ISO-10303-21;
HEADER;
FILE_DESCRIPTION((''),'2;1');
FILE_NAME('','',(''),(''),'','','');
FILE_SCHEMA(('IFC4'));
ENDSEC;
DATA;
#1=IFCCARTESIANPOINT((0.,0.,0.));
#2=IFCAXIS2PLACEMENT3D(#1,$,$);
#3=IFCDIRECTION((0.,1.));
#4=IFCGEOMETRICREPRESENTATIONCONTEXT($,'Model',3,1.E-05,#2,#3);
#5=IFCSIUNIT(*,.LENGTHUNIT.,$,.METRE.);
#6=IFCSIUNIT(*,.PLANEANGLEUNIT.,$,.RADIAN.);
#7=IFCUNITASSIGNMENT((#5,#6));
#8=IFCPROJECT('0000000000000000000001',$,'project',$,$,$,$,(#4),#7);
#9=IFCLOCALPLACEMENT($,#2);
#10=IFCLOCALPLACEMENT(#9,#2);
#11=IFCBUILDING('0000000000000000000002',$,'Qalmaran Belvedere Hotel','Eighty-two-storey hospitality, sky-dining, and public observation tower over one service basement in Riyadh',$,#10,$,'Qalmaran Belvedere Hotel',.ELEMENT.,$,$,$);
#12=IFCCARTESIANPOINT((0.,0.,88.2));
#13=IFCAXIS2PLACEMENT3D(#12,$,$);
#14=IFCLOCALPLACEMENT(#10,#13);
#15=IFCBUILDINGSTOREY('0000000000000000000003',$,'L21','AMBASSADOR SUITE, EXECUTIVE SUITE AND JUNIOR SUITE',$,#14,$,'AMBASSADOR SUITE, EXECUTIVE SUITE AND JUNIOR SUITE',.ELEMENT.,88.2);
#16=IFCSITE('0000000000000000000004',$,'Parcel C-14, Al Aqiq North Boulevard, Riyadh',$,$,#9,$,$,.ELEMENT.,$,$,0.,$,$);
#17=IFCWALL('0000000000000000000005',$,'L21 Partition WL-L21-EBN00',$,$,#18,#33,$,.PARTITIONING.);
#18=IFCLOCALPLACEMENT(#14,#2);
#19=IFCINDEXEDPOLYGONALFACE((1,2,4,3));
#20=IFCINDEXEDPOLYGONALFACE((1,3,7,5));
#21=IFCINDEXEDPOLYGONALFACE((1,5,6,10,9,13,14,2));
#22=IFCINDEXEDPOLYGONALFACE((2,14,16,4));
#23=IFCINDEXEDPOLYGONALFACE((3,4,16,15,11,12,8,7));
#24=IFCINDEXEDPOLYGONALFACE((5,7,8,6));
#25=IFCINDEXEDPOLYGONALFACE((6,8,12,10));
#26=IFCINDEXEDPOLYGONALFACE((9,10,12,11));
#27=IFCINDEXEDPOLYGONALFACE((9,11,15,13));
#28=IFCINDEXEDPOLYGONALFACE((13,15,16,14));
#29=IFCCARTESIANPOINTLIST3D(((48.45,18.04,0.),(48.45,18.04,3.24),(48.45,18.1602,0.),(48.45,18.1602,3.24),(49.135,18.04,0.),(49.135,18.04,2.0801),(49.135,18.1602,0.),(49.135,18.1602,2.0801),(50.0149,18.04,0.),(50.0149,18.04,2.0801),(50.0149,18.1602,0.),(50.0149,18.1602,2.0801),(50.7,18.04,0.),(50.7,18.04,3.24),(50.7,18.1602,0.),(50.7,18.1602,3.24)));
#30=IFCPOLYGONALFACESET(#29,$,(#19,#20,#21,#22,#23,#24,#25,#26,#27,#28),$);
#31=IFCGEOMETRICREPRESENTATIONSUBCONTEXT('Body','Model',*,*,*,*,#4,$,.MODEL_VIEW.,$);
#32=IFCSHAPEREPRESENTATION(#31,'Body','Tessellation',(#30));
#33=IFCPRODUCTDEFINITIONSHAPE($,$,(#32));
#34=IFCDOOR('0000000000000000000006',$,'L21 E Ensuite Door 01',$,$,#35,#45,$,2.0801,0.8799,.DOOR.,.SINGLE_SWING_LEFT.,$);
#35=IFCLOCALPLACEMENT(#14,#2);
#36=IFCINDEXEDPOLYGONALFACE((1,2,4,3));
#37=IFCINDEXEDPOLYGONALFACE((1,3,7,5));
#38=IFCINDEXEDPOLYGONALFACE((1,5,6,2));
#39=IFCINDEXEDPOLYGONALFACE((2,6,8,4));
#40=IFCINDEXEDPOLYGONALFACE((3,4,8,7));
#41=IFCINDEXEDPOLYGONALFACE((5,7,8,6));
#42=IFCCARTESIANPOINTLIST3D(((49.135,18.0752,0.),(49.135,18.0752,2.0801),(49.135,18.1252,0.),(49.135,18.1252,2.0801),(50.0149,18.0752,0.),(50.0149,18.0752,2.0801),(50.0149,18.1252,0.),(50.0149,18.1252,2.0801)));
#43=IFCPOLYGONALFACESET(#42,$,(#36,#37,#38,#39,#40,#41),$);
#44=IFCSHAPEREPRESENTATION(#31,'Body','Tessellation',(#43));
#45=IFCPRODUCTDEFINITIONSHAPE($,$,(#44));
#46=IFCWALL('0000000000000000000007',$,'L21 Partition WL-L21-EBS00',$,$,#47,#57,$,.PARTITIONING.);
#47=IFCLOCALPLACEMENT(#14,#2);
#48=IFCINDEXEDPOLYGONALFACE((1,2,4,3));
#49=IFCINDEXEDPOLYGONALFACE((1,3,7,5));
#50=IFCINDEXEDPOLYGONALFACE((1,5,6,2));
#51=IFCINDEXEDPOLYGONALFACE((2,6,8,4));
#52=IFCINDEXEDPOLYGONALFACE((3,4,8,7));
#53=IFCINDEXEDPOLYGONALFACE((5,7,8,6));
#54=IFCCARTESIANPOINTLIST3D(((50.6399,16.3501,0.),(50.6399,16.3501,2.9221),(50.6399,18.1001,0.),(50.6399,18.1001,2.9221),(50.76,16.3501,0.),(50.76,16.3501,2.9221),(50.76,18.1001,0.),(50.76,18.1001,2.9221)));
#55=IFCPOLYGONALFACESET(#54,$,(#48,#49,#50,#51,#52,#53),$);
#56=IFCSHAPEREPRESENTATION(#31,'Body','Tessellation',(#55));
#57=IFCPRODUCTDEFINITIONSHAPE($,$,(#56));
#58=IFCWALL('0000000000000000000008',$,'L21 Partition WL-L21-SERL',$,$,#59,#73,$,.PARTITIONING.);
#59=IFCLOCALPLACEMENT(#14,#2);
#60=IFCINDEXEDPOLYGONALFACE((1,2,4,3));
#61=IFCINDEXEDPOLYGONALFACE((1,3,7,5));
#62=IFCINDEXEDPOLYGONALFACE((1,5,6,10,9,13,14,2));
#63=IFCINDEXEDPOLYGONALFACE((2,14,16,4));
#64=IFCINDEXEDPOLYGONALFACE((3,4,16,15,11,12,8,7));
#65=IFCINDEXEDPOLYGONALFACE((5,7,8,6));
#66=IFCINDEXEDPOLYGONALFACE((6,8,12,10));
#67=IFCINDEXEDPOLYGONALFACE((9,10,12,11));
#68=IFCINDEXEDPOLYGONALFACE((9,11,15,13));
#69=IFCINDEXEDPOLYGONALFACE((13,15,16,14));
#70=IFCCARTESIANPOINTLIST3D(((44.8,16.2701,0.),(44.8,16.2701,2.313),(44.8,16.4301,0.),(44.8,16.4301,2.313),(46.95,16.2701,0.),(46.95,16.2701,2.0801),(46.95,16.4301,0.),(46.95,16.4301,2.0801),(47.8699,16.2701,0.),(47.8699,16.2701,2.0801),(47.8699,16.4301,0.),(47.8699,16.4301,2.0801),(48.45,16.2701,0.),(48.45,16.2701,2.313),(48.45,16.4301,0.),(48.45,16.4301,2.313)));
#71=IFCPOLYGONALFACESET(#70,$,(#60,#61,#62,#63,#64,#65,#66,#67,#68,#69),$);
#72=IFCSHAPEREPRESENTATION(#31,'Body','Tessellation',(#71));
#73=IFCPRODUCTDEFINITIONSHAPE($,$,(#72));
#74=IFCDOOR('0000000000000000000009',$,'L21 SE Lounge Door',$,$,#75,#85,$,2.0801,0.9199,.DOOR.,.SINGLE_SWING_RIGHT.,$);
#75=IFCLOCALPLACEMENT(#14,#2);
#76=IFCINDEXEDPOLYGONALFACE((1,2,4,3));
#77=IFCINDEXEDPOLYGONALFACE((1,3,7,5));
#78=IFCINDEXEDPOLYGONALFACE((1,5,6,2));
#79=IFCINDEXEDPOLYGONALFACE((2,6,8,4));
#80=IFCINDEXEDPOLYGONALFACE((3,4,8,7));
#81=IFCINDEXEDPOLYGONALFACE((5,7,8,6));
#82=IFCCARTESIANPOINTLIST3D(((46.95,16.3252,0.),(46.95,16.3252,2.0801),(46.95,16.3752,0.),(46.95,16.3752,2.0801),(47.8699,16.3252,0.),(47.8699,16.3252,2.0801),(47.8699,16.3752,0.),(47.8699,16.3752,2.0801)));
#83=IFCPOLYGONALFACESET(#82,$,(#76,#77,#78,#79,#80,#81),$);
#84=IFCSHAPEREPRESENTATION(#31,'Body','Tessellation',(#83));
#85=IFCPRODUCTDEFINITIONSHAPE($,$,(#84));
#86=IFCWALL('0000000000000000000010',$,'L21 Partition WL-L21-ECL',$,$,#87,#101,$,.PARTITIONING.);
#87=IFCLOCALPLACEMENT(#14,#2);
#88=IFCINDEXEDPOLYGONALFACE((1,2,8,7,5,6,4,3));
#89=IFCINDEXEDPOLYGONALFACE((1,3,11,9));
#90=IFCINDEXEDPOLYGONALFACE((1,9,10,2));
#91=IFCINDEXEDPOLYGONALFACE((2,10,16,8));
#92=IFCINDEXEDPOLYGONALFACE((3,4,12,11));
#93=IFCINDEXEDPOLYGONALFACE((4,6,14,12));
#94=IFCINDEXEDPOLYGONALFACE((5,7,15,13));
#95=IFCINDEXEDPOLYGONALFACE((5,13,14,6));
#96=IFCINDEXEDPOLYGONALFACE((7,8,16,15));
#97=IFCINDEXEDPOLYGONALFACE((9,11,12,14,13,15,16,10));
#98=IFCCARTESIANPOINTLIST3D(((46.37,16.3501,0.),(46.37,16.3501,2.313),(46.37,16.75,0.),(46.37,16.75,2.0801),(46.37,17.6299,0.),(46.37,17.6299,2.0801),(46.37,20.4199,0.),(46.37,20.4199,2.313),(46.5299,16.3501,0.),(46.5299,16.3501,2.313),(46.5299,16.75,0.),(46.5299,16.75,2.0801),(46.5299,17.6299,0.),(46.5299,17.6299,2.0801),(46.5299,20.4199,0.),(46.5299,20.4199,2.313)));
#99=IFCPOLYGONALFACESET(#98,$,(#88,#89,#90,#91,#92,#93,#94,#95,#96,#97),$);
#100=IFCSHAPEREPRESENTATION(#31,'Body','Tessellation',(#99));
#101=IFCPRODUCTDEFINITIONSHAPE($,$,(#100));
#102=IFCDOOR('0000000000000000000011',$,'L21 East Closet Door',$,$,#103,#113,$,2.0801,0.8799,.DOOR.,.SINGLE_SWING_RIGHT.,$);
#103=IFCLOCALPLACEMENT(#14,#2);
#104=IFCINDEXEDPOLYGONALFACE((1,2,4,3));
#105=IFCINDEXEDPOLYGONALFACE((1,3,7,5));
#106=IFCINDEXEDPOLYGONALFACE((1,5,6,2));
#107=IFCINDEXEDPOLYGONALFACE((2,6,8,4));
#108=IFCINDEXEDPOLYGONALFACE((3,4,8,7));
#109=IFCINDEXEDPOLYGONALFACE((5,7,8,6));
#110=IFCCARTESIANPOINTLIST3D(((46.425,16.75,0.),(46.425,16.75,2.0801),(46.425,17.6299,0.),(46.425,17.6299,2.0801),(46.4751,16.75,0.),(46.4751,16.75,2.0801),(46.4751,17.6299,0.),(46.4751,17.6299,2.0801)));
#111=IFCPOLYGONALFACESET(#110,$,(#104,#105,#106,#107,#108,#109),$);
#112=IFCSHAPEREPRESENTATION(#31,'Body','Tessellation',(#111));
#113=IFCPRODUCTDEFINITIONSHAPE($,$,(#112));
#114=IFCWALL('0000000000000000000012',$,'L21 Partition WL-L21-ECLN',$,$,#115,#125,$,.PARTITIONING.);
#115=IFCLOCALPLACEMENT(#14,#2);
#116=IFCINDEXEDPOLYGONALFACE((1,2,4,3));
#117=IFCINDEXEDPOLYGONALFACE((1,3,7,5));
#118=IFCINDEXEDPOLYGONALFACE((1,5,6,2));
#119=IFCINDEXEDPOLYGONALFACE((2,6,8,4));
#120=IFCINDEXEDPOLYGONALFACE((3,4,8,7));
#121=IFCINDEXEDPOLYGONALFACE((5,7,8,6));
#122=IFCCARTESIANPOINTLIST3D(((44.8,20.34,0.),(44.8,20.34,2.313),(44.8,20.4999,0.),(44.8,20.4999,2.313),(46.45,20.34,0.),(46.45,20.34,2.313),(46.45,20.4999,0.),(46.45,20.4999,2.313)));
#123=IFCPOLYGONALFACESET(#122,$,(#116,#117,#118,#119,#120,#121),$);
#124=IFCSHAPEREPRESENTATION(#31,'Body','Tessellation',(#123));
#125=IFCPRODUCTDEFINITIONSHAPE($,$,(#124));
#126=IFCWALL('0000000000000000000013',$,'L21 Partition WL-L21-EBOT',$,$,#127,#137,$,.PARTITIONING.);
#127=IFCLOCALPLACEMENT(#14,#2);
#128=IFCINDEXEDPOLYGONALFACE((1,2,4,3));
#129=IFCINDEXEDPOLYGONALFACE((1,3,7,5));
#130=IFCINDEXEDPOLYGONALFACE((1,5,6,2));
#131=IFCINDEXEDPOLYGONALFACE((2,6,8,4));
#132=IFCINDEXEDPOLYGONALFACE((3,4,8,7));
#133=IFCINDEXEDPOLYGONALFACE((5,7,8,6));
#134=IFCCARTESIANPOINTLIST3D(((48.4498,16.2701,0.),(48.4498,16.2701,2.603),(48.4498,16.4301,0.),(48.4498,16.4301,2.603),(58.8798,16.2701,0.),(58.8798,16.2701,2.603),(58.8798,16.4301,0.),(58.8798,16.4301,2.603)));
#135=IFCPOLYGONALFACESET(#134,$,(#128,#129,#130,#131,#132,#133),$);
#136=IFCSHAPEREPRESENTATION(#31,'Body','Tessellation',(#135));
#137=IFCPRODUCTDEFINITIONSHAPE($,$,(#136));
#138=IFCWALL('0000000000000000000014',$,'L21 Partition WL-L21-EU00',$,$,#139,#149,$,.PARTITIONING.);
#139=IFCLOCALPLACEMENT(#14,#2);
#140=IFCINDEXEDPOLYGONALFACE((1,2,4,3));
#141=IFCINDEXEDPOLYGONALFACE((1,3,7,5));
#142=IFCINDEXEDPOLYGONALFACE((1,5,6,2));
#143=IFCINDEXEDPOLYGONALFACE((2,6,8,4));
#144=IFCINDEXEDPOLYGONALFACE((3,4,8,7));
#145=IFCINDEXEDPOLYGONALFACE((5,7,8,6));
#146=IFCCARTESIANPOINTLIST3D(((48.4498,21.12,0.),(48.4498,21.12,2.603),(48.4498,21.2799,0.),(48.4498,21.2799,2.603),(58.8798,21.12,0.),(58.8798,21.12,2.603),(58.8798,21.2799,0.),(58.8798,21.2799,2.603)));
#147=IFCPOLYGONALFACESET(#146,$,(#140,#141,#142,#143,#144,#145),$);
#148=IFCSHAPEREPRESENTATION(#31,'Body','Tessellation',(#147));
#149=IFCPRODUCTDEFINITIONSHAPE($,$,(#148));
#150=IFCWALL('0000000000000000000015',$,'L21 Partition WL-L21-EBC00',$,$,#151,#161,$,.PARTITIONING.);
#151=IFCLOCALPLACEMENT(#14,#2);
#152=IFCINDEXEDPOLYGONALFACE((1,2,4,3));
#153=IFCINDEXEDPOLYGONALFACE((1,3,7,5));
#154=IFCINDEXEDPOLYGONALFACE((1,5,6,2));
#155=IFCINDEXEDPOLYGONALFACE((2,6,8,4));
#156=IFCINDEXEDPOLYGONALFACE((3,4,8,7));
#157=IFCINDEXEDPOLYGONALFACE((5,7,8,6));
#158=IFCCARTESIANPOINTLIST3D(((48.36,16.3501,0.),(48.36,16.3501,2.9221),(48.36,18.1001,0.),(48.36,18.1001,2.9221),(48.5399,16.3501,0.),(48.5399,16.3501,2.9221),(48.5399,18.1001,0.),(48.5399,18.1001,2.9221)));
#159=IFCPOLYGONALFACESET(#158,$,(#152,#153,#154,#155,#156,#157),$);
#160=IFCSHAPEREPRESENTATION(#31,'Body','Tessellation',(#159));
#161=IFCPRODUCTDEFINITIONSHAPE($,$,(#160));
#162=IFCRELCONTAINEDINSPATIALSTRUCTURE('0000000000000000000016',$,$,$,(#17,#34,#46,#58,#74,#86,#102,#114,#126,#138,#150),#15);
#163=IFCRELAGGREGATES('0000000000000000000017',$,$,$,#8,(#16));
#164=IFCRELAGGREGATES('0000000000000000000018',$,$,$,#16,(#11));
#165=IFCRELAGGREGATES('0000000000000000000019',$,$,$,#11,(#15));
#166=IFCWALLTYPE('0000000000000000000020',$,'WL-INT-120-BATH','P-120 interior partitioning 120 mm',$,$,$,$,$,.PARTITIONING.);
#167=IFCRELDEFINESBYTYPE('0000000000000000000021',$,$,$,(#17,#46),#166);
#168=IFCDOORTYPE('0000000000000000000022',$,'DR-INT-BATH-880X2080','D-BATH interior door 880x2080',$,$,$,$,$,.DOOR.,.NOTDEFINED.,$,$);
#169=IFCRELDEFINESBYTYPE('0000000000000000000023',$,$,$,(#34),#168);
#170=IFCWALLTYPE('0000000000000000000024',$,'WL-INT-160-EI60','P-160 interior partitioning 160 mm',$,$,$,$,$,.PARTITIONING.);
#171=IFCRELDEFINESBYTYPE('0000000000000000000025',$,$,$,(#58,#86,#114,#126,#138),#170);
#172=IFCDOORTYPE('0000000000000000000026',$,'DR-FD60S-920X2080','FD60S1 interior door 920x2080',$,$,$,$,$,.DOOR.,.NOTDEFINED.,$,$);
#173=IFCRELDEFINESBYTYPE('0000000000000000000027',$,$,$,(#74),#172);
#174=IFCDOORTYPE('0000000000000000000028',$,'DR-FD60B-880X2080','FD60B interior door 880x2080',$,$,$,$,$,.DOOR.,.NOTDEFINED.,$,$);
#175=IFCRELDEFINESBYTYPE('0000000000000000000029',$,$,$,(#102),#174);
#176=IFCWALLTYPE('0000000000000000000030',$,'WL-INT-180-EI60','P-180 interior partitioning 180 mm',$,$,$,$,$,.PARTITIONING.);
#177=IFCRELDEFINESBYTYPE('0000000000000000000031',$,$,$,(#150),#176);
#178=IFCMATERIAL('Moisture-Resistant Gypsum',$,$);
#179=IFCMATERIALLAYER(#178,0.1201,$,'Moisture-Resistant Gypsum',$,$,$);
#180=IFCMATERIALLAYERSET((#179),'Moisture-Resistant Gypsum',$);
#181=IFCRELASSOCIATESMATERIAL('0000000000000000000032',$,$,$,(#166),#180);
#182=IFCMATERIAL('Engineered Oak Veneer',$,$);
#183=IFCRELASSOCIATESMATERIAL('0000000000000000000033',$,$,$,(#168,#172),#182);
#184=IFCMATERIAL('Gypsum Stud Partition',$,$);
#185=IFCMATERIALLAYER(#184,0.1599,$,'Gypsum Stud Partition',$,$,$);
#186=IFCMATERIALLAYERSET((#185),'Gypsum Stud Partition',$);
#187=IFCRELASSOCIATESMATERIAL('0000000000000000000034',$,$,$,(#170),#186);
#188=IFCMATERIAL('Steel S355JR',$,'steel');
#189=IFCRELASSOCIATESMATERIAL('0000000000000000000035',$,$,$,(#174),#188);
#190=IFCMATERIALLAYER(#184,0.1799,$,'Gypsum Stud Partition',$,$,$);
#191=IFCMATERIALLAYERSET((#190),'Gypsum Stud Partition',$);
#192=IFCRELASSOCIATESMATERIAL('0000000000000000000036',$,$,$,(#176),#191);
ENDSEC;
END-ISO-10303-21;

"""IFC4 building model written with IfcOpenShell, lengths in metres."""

from ifc_helpers import new_model, si_unit, direction, frame, frame_2d, origin, place, context, subcontext, project, spatial, rectangle, extrude, material, layer, layer_set, type_object, element, fill, save


model = new_model("IFC4")

# Units and contexts
model_context = context("Model", 3, precision=1e-05, world=origin(), true_north=direction((0.0, 1.0)))
body_context = subcontext(model_context, "Body", "Model", "MODEL_VIEW")
ifc_project = project(units=[si_unit("LENGTHUNIT", "METRE"), si_unit("PLANEANGLEUNIT", "RADIAN")], contexts=[model_context])

# Site, building, storey
site_placement = place(None, origin())
site = spatial("IfcSite", under=ifc_project, at=site_placement, Name="Parcel C-14, Al Aqiq North Boulevard, Riyadh", CompositionType="ELEMENT", RefElevation=0.0)
building_placement = place(site_placement, origin())
building = spatial("IfcBuilding", under=site, at=building_placement, Name="Qalmaran Belvedere Hotel", Description="Eighty-two-storey hospitality, sky-dining, and public observation tower over one service basement in Riyadh", LongName="Qalmaran Belvedere Hotel", CompositionType="ELEMENT")
storey_placement = place(building_placement, frame((0.0, 0.0, 88.2)))
storey = spatial("IfcBuildingStorey", under=building, at=storey_placement, Name="L21", Description="AMBASSADOR SUITE, EXECUTIVE SUITE AND JUNIOR SUITE", LongName="AMBASSADOR SUITE, EXECUTIVE SUITE AND JUNIOR SUITE", CompositionType="ELEMENT", Elevation=88.2)

# Shared definitions
ifc_material_1 = material(Name="Steel S355JR", Category="steel")

# Wall, opening, door
ifc_material_2 = material(Name="Moisture-Resistant Gypsum")
ifc_layer_1 = layer(ifc_material_2, 0.1201, Name="Moisture-Resistant Gypsum")
ifc_layer_set_1 = layer_set([ifc_layer_1], Name="Moisture-Resistant Gypsum")
wall_type_1 = type_object("IfcWallType", Name="WL-INT-120-BATH", Description="P-120 interior partitioning 120 mm", PredefinedType="PARTITIONING", material=ifc_layer_set_1)
wall_1_placement = place(storey_placement, frame((48.45, 18.1001, 0.0), z_axis=(0.0, 0.0, 1.0), x_axis=(1.0, 0.0, 0.0)))
wall_1 = element("IfcWall", 1, at=wall_1_placement, inside=storey, type_object=wall_type_1, Name="L21 Partition WL-L21-EBN00", PredefinedType="PARTITIONING", context=body_context, shape_type="SweptSolid", body=[
    extrude(rectangle(XDim=2.25, YDim=0.1201, at=frame_2d((1.125, 0.0))), origin(), (0.0, 0.0, 1.0), 3.24),
])
opening_1_placement = place(wall_1_placement, frame((1.5649, 0.0, 0.0), z_axis=(0.0, 0.0, 1.0), x_axis=(-1.0, 0.0, 0.0)))
opening_1 = element("IfcOpeningElement", 2, at=opening_1_placement, cuts=wall_1, PredefinedType="OPENING", context=body_context, shape_type="SweptSolid", body=[
    extrude(rectangle(XDim=0.8799, YDim=2.0801, at=frame_2d((0.4399, 1.04))), frame((0.0, 0.0701, 0.0), z_axis=(0.0, -1.0, 0.0), x_axis=(1.0, 0.0, 0.0)), (0.0, 0.0, 1.0), 0.1401),
])
ifc_material_3 = material(Name="Engineered Oak Veneer")
door_type_1 = type_object("IfcDoorType", Name="DR-INT-BATH-880X2080", Description="D-BATH interior door 880x2080", OperationType="NOTDEFINED", PredefinedType="DOOR", material=ifc_material_3)
door_1_placement = place(opening_1_placement, origin())
door_1 = element("IfcDoor", 3, at=door_1_placement, inside=storey, type_object=door_type_1, Name="L21 E Ensuite Door 01", OperationType="SINGLE_SWING_LEFT", OverallHeight=2.0801, OverallWidth=0.8799, PredefinedType="DOOR", context=body_context, shape_type="SweptSolid", body=[
    extrude(rectangle(XDim=0.8799, YDim=2.0801, at=frame_2d((0.4399, 1.04))), frame((0.0, 0.0249, 0.0), z_axis=(0.0, -1.0, 0.0), x_axis=(1.0, 0.0, 0.0)), (0.0, 0.0, 1.0), 0.05),
])
fill(opening_1, door_1)

# Wall
wall_2_placement = place(storey_placement, frame((50.7, 16.3501, 0.0), z_axis=(0.0, 0.0, 1.0), x_axis=(0.0, 1.0, 0.0)))
element("IfcWall", 4, at=wall_2_placement, inside=storey, type_object=wall_type_1, Name="L21 Partition WL-L21-EBS00", PredefinedType="PARTITIONING", context=body_context, shape_type="SweptSolid", body=[
    extrude(rectangle(XDim=1.75, YDim=0.1201, at=frame_2d((0.875, 0.0))), origin(), (0.0, 0.0, 1.0), 2.9221),
])

# Walls, openings, doors
ifc_material_4 = material(Name="Gypsum Stud Partition")
ifc_layer_2 = layer(ifc_material_4, 0.1599, Name="Gypsum Stud Partition")
ifc_layer_set_2 = layer_set([ifc_layer_2], Name="Gypsum Stud Partition")
wall_type_2 = type_object("IfcWallType", Name="WL-INT-160-EI60", Description="P-160 interior partitioning 160 mm", PredefinedType="PARTITIONING", material=ifc_layer_set_2)
wall_3_placement = place(storey_placement, frame((44.8, 16.3501, 0.0), z_axis=(0.0, 0.0, 1.0), x_axis=(1.0, 0.0, 0.0)))
wall_3 = element("IfcWall", 5, at=wall_3_placement, inside=storey, type_object=wall_type_2, Name="L21 Partition WL-L21-SERL", PredefinedType="PARTITIONING", context=body_context, shape_type="SweptSolid", body=[
    extrude(rectangle(XDim=3.6499, YDim=0.1599, at=frame_2d((1.825, 0.0))), origin(), (0.0, 0.0, 1.0), 2.313),
])
opening_2_placement = place(wall_3_placement, frame((3.0698, 0.0, 0.0), z_axis=(0.0, 0.0, 1.0), x_axis=(-1.0, 0.0, 0.0)))
opening_2 = element("IfcOpeningElement", 6, at=opening_2_placement, cuts=wall_3, PredefinedType="OPENING", context=body_context, shape_type="SweptSolid", body=[
    extrude(rectangle(XDim=0.9199, YDim=2.0801, at=frame_2d((0.46, 1.04))), frame((0.0, 0.0898, 0.0), z_axis=(0.0, -1.0, 0.0), x_axis=(1.0, 0.0, 0.0)), (0.0, 0.0, 1.0), 0.1799),
])
door_type_2 = type_object("IfcDoorType", Name="DR-FD60S-920X2080", Description="FD60S1 interior door 920x2080", OperationType="NOTDEFINED", PredefinedType="DOOR", material=ifc_material_3)
door_2_placement = place(opening_2_placement, origin())
door_2 = element("IfcDoor", 7, at=door_2_placement, inside=storey, type_object=door_type_2, Name="L21 SE Lounge Door", OperationType="SINGLE_SWING_RIGHT", OverallHeight=2.0801, OverallWidth=0.9199, PredefinedType="DOOR", context=body_context, shape_type="SweptSolid", body=[
    extrude(rectangle(XDim=0.9199, YDim=2.0801, at=frame_2d((0.46, 1.04))), frame((0.0, 0.0249, 0.0), z_axis=(0.0, -1.0, 0.0), x_axis=(1.0, 0.0, 0.0)), (0.0, 0.0, 1.0), 0.05),
])
fill(opening_2, door_2)
wall_4_placement = place(storey_placement, frame((46.45, 16.3501, 0.0), z_axis=(0.0, 0.0, 1.0), x_axis=(0.0, 1.0, 0.0)))
wall_4 = element("IfcWall", 8, at=wall_4_placement, inside=storey, type_object=wall_type_2, Name="L21 Partition WL-L21-ECL", PredefinedType="PARTITIONING", context=body_context, shape_type="SweptSolid", body=[
    extrude(rectangle(XDim=4.0698, YDim=0.1599, at=frame_2d((2.0349, 0.0))), origin(), (0.0, 0.0, 1.0), 2.313),
])
opening_3_placement = place(wall_4_placement, frame((0.3999, 0.0, 0.0)))
opening_3 = element("IfcOpeningElement", 9, at=opening_3_placement, cuts=wall_4, PredefinedType="OPENING", context=body_context, shape_type="SweptSolid", body=[
    extrude(rectangle(XDim=0.8799, YDim=2.0801, at=frame_2d((0.4399, 1.04))), frame((0.0, 0.0898, 0.0), z_axis=(0.0, -1.0, 0.0), x_axis=(1.0, 0.0, 0.0)), (0.0, 0.0, 1.0), 0.1799),
])
door_type_3 = type_object("IfcDoorType", Name="DR-FD60B-880X2080", Description="FD60B interior door 880x2080", OperationType="NOTDEFINED", PredefinedType="DOOR", material=ifc_material_1)
door_3_placement = place(opening_3_placement, origin())
door_3 = element("IfcDoor", 10, at=door_3_placement, inside=storey, type_object=door_type_3, Name="L21 East Closet Door", OperationType="SINGLE_SWING_RIGHT", OverallHeight=2.0801, OverallWidth=0.8799, PredefinedType="DOOR", context=body_context, shape_type="SweptSolid", body=[
    extrude(rectangle(XDim=0.8799, YDim=2.0801, at=frame_2d((0.4399, 1.04))), frame((0.0, 0.0249, 0.0), z_axis=(0.0, -1.0, 0.0), x_axis=(1.0, 0.0, 0.0)), (0.0, 0.0, 1.0), 0.05),
])
fill(opening_3, door_3)

# Walls
wall_5_placement = place(storey_placement, frame((44.8, 20.4199, 0.0), z_axis=(0.0, 0.0, 1.0), x_axis=(1.0, 0.0, 0.0)))
element("IfcWall", 11, at=wall_5_placement, inside=storey, type_object=wall_type_2, Name="L21 Partition WL-L21-ECLN", PredefinedType="PARTITIONING", context=body_context, shape_type="SweptSolid", body=[
    extrude(rectangle(XDim=1.6499, YDim=0.1599, at=frame_2d((0.825, 0.0))), origin(), (0.0, 0.0, 1.0), 2.313),
])
for number, where, z_axis, x_axis, name in (
    (12, (48.45, 16.3501, 0.0), (0.0, 0.0, 1.0), (1.0, 0.0, 0.0), "L21 Partition WL-L21-EBOT"),
    (13, (48.45, 21.2, 0.0), (0.0, 0.0, 1.0), (1.0, 0.0, 0.0), "L21 Partition WL-L21-EU00"),
):
    element("IfcWall", number, at=place(storey_placement, frame(where, z_axis=z_axis, x_axis=x_axis)), inside=storey, type_object=wall_type_2, Name=name, PredefinedType="PARTITIONING", context=body_context, shape_type="SweptSolid", body=[
        extrude(rectangle(XDim=10.4299, YDim=0.1599, at=frame_2d((5.2148, 0.0))), origin(), (0.0, 0.0, 1.0), 2.603),
    ])
ifc_layer_3 = layer(ifc_material_4, 0.1799, Name="Gypsum Stud Partition")
ifc_layer_set_3 = layer_set([ifc_layer_3], Name="Gypsum Stud Partition")
wall_type_3 = type_object("IfcWallType", Name="WL-INT-180-EI60", Description="P-180 interior partitioning 180 mm", PredefinedType="PARTITIONING", material=ifc_layer_set_3)
wall_6_placement = place(storey_placement, frame((48.45, 16.3501, 0.0), z_axis=(0.0, 0.0, 1.0), x_axis=(0.0, 1.0, 0.0)))
element("IfcWall", 14, at=wall_6_placement, inside=storey, type_object=wall_type_3, Name="L21 Partition WL-L21-EBC00", PredefinedType="PARTITIONING", context=body_context, shape_type="SweptSolid", body=[
    extrude(rectangle(XDim=1.75, YDim=0.1799, at=frame_2d((0.875, 0.0))), origin(), (0.0, 0.0, 1.0), 2.9221),
])

save(model, "model.ifc")
